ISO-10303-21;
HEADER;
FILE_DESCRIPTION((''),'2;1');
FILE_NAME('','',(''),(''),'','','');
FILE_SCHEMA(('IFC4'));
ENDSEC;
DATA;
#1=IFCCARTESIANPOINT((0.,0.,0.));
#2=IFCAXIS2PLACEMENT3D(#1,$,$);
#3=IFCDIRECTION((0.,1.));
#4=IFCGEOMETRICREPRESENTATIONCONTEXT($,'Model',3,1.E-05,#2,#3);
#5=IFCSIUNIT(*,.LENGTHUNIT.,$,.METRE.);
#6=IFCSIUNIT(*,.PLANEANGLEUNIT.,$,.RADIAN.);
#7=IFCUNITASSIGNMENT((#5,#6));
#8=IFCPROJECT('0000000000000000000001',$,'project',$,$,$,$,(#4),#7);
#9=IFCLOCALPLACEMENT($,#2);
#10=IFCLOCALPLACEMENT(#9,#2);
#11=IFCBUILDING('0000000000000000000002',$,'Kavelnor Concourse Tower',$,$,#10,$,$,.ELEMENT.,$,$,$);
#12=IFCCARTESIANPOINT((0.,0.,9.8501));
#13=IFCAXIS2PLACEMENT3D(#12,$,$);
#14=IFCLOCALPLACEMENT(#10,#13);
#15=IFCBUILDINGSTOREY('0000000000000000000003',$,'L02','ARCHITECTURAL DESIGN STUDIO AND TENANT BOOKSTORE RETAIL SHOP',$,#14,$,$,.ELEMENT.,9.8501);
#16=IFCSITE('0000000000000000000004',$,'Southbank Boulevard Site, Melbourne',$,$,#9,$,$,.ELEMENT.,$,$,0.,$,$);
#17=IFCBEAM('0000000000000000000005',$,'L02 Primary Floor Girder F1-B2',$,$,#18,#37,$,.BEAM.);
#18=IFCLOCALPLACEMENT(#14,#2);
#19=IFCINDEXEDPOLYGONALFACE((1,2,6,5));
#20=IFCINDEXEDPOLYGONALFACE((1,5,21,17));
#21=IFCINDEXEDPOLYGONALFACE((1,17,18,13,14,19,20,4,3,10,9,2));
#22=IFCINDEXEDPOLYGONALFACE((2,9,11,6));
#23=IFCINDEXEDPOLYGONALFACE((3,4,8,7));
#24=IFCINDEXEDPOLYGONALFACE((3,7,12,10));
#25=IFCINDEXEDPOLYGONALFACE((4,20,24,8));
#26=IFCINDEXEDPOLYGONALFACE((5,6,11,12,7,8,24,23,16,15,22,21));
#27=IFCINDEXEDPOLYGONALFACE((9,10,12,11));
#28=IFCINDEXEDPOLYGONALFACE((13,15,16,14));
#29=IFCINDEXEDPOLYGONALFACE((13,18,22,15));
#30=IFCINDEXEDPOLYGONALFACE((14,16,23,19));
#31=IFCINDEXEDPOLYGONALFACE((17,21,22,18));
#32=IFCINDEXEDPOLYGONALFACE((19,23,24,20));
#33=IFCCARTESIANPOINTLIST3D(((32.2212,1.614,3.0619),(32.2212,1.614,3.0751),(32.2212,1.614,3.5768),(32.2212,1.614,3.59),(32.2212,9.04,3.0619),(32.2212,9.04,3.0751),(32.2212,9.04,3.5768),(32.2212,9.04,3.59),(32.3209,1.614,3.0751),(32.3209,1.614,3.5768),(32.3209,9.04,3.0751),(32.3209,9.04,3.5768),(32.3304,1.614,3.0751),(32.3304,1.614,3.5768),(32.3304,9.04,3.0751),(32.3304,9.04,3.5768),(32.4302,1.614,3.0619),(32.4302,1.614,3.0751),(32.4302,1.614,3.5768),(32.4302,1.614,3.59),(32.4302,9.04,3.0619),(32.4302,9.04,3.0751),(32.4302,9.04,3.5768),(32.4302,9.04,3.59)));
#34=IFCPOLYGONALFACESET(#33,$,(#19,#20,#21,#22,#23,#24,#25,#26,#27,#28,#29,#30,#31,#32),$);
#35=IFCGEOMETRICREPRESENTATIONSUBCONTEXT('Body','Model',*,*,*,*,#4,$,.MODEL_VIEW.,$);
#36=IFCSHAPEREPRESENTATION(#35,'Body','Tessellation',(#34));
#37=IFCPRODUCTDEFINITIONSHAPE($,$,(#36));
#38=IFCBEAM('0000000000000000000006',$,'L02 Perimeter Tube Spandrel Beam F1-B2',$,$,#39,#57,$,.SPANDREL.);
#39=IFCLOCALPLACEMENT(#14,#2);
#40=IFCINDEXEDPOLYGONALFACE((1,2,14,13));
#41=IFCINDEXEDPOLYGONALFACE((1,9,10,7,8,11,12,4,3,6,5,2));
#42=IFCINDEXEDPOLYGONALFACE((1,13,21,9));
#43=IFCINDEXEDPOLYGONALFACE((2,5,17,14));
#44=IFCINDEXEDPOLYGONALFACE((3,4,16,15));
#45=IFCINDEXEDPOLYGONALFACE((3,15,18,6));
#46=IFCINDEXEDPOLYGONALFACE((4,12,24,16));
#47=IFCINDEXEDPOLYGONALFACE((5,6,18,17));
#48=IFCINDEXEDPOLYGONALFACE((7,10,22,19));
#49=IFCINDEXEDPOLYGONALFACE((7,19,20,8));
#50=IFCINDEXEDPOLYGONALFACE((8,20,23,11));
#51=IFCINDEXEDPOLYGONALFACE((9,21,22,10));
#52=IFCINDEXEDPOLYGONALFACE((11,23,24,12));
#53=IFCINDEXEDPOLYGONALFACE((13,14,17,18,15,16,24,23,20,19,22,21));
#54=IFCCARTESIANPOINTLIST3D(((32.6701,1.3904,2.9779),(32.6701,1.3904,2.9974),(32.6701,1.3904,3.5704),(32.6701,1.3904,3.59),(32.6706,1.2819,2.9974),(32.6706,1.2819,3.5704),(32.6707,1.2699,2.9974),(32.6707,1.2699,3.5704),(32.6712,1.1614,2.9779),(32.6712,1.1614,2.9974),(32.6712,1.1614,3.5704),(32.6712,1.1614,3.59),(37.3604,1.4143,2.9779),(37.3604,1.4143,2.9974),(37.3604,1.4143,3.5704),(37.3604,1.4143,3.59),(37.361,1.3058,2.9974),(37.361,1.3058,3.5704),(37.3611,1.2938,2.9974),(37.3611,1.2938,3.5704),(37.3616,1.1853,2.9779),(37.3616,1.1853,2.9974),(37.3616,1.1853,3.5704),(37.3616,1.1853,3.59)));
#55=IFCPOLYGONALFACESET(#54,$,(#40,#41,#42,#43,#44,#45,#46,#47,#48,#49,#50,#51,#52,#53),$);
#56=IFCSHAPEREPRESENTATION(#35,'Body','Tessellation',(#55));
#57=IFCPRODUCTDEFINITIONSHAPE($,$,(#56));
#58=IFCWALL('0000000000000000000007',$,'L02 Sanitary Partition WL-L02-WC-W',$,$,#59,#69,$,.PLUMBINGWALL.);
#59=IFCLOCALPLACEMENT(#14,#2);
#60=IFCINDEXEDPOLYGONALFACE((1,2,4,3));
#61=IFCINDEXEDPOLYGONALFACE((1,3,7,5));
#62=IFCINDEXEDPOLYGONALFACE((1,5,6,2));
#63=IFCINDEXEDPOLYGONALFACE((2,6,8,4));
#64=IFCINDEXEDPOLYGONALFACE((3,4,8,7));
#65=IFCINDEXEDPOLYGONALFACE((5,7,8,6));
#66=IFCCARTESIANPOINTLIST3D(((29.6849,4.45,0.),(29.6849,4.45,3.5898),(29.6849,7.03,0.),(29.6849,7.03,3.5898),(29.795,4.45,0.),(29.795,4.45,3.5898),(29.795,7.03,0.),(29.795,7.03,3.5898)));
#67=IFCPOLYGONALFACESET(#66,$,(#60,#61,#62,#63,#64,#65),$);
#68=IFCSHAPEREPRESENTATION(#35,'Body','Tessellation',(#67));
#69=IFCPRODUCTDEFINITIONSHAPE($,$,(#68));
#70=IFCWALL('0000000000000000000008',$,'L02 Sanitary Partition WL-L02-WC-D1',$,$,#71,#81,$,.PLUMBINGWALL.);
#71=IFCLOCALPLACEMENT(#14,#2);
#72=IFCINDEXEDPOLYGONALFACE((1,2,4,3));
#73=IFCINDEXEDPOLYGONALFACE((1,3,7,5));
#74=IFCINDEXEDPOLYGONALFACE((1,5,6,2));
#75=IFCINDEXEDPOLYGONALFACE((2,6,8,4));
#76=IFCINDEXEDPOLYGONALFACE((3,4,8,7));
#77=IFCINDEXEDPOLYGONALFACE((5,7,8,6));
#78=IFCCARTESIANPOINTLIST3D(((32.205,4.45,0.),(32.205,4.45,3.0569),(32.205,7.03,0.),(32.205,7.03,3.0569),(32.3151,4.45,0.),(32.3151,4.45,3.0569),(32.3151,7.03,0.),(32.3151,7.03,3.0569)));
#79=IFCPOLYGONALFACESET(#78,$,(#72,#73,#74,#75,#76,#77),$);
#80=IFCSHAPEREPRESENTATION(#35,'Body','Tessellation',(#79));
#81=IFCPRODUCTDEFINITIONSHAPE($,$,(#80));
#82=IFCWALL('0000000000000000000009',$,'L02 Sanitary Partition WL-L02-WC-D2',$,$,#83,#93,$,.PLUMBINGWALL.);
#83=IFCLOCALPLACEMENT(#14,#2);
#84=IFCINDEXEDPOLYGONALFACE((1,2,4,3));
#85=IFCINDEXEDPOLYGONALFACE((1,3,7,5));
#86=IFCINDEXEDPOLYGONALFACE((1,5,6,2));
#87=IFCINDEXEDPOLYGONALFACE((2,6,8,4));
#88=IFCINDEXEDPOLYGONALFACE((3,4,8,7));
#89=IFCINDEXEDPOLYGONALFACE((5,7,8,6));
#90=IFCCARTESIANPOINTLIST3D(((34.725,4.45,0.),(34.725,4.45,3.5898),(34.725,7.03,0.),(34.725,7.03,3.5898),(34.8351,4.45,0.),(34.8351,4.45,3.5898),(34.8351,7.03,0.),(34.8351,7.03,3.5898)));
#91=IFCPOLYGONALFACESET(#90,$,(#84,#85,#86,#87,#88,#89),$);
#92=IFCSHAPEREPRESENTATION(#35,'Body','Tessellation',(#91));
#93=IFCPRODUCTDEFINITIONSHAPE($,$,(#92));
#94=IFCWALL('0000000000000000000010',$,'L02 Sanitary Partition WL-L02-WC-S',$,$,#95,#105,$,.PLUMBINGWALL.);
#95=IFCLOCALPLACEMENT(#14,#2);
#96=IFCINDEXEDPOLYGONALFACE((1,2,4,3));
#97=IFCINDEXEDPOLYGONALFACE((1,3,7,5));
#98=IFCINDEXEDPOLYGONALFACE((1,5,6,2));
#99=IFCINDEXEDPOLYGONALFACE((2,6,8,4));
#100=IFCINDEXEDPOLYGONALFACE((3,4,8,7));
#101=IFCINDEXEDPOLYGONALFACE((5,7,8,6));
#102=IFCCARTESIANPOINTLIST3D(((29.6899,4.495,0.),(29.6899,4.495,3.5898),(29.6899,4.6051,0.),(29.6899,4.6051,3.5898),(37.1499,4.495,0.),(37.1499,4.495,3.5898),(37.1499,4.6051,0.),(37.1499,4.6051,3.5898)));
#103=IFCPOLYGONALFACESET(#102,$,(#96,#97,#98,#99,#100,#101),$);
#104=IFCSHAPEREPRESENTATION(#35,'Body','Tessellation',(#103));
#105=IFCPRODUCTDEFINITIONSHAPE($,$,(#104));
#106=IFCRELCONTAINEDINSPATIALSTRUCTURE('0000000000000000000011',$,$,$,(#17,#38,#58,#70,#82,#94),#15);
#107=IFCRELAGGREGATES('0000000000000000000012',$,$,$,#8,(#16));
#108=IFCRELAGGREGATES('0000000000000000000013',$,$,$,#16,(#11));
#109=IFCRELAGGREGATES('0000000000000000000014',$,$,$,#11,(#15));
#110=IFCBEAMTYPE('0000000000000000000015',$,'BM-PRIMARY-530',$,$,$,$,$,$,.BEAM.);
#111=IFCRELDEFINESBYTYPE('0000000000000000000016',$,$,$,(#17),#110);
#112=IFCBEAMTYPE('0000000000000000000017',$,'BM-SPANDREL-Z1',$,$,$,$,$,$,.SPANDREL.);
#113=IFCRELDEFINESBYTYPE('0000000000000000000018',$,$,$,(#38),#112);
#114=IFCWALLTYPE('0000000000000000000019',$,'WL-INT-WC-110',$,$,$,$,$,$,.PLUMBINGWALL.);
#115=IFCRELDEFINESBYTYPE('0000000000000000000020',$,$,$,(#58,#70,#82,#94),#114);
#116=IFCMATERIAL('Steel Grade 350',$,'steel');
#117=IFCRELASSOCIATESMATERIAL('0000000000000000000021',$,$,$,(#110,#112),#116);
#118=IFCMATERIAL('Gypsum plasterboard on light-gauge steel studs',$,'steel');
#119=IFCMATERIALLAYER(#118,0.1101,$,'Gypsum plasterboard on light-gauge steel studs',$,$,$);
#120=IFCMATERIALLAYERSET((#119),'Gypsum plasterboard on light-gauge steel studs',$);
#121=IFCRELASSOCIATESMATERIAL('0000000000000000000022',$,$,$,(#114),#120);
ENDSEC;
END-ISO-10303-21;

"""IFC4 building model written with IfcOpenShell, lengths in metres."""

from ifc_helpers import new_model, si_unit, direction, frame, frame_2d, origin, origin_2d, place, context, subcontext, project, spatial, rectangle, i_section, extrude, material, layer, layer_set, material_profile, profile_set, type_object, element, save


model = new_model("IFC4")

# Units and contexts
model_context = context("Model", 3, precision=1e-05, world=origin(), true_north=direction((0.0, 1.0)))
body_context = subcontext(model_context, "Body", "Model", "MODEL_VIEW")
ifc_project = project(units=[si_unit("LENGTHUNIT", "METRE"), si_unit("PLANEANGLEUNIT", "RADIAN")], contexts=[model_context])

# Site, building, storey
site_placement = place(None, origin())
site = spatial("IfcSite", under=ifc_project, at=site_placement, Name="Southbank Boulevard Site, Melbourne", CompositionType="ELEMENT", RefElevation=0.0)
building_placement = place(site_placement, origin())
building = spatial("IfcBuilding", under=site, at=building_placement, Name="Kavelnor Concourse Tower", CompositionType="ELEMENT")
storey_placement = place(building_placement, frame((0.0, 0.0, 9.8501)))
storey = spatial("IfcBuildingStorey", under=building, at=storey_placement, Name="L02", Description="ARCHITECTURAL DESIGN STUDIO AND TENANT BOOKSTORE RETAIL SHOP", CompositionType="ELEMENT", Elevation=9.8501)

# Shared definitions
ifc_material_1 = material(Name="Steel Grade 350", Category="steel")

# Beams
ifc_material_profile_1 = material_profile(ifc_material_1, i_section(OverallWidth=0.209, OverallDepth=0.5281, WebThickness=0.0095, FlangeThickness=0.0132, at=origin_2d()), Name="530UB82")
ifc_profile_set_1 = profile_set([ifc_material_profile_1], Name="Steel Grade 350")
beam_type_1 = type_object("IfcBeamType", Name="BM-PRIMARY-530", PredefinedType="BEAM", material=ifc_profile_set_1)
beam_1_placement = place(storey_placement, frame((32.3257, 9.04, 3.3259), z_axis=(0.0, -1.0, 0.0), x_axis=(1.0, 0.0, 0.0)))
element("IfcBeam", 1, at=beam_1_placement, inside=storey, type_object=beam_type_1, Name="L02 Primary Floor Girder F1-B2", PredefinedType="BEAM", context=body_context, shape_type="SweptSolid", body=[
    extrude(i_section(OverallWidth=0.209, OverallDepth=0.5281, WebThickness=0.0095, FlangeThickness=0.0132, at=origin_2d()), origin(), (0.0, 0.0, 1.0), 7.426),
])
ifc_material_profile_2 = material_profile(ifc_material_1, i_section(OverallWidth=0.229, OverallDepth=0.6121, WebThickness=0.012, FlangeThickness=0.0195, at=origin_2d()), Name="610UB125")
ifc_profile_set_2 = profile_set([ifc_material_profile_2], Name="Steel Grade 350")
beam_type_2 = type_object("IfcBeamType", Name="BM-SPANDREL-Z1", PredefinedType="SPANDREL", material=ifc_profile_set_2)
beam_2_placement = place(storey_placement, frame((32.6707, 1.2759, 3.2839), z_axis=(0.999987, 0.005101, 0.0), x_axis=(-0.005101, 0.999987, 0.0)))
element("IfcBeam", 2, at=beam_2_placement, inside=storey, type_object=beam_type_2, Name="L02 Perimeter Tube Spandrel Beam F1-B2", PredefinedType="SPANDREL", context=body_context, shape_type="SweptSolid", body=[
    extrude(i_section(OverallWidth=0.229, OverallDepth=0.6121, WebThickness=0.012, FlangeThickness=0.0195, at=origin_2d()), origin(), (0.0, 0.0, 1.0), 4.6904),
])

# Walls
ifc_material_2 = material(Name="Gypsum plasterboard on light-gauge steel studs", Category="steel")
ifc_layer = layer(ifc_material_2, 0.1101, Name="Gypsum plasterboard on light-gauge steel studs")
ifc_layer_set = layer_set([ifc_layer], Name="Gypsum plasterboard on light-gauge steel studs")
wall_type = type_object("IfcWallType", Name="WL-INT-WC-110", PredefinedType="PLUMBINGWALL", material=ifc_layer_set)
wall_1_placement = place(storey_placement, frame((29.74, 4.45, 0.0), z_axis=(0.0, 0.0, 1.0), x_axis=(0.0, 1.0, 0.0)))
element("IfcWall", 3, at=wall_1_placement, inside=storey, type_object=wall_type, Name="L02 Sanitary Partition WL-L02-WC-W", PredefinedType="PLUMBINGWALL", context=body_context, shape_type="SweptSolid", body=[
    extrude(rectangle(XDim=2.5801, YDim=0.1101, at=frame_2d((1.29, 0.0))), origin(), (0.0, 0.0, 1.0), 3.5898),
])
wall_2_placement = place(storey_placement, frame((32.26, 4.45, 0.0), z_axis=(0.0, 0.0, 1.0), x_axis=(0.0, 1.0, 0.0)))
element("IfcWall", 4, at=wall_2_placement, inside=storey, type_object=wall_type, Name="L02 Sanitary Partition WL-L02-WC-D1", PredefinedType="PLUMBINGWALL", context=body_context, shape_type="SweptSolid", body=[
    extrude(rectangle(XDim=2.5801, YDim=0.1101, at=frame_2d((1.29, 0.0))), origin(), (0.0, 0.0, 1.0), 3.0569),
])
wall_3_placement = place(storey_placement, frame((34.78, 4.45, 0.0), z_axis=(0.0, 0.0, 1.0), x_axis=(0.0, 1.0, 0.0)))
element("IfcWall", 5, at=wall_3_placement, inside=storey, type_object=wall_type, Name="L02 Sanitary Partition WL-L02-WC-D2", PredefinedType="PLUMBINGWALL", context=body_context, shape_type="SweptSolid", body=[
    extrude(rectangle(XDim=2.5801, YDim=0.1101, at=frame_2d((1.29, 0.0))), origin(), (0.0, 0.0, 1.0), 3.5898),
])
wall_4_placement = place(storey_placement, frame((29.6899, 4.55, 0.0), z_axis=(0.0, 0.0, 1.0), x_axis=(1.0, 0.0, 0.0)))
element("IfcWall", 6, at=wall_4_placement, inside=storey, type_object=wall_type, Name="L02 Sanitary Partition WL-L02-WC-S", PredefinedType="PLUMBINGWALL", context=body_context, shape_type="SweptSolid", body=[
    extrude(rectangle(XDim=7.46, YDim=0.1101, at=frame_2d((3.73, 0.0))), origin(), (0.0, 0.0, 1.0), 3.5898),
])

save(model, "model.ifc")
